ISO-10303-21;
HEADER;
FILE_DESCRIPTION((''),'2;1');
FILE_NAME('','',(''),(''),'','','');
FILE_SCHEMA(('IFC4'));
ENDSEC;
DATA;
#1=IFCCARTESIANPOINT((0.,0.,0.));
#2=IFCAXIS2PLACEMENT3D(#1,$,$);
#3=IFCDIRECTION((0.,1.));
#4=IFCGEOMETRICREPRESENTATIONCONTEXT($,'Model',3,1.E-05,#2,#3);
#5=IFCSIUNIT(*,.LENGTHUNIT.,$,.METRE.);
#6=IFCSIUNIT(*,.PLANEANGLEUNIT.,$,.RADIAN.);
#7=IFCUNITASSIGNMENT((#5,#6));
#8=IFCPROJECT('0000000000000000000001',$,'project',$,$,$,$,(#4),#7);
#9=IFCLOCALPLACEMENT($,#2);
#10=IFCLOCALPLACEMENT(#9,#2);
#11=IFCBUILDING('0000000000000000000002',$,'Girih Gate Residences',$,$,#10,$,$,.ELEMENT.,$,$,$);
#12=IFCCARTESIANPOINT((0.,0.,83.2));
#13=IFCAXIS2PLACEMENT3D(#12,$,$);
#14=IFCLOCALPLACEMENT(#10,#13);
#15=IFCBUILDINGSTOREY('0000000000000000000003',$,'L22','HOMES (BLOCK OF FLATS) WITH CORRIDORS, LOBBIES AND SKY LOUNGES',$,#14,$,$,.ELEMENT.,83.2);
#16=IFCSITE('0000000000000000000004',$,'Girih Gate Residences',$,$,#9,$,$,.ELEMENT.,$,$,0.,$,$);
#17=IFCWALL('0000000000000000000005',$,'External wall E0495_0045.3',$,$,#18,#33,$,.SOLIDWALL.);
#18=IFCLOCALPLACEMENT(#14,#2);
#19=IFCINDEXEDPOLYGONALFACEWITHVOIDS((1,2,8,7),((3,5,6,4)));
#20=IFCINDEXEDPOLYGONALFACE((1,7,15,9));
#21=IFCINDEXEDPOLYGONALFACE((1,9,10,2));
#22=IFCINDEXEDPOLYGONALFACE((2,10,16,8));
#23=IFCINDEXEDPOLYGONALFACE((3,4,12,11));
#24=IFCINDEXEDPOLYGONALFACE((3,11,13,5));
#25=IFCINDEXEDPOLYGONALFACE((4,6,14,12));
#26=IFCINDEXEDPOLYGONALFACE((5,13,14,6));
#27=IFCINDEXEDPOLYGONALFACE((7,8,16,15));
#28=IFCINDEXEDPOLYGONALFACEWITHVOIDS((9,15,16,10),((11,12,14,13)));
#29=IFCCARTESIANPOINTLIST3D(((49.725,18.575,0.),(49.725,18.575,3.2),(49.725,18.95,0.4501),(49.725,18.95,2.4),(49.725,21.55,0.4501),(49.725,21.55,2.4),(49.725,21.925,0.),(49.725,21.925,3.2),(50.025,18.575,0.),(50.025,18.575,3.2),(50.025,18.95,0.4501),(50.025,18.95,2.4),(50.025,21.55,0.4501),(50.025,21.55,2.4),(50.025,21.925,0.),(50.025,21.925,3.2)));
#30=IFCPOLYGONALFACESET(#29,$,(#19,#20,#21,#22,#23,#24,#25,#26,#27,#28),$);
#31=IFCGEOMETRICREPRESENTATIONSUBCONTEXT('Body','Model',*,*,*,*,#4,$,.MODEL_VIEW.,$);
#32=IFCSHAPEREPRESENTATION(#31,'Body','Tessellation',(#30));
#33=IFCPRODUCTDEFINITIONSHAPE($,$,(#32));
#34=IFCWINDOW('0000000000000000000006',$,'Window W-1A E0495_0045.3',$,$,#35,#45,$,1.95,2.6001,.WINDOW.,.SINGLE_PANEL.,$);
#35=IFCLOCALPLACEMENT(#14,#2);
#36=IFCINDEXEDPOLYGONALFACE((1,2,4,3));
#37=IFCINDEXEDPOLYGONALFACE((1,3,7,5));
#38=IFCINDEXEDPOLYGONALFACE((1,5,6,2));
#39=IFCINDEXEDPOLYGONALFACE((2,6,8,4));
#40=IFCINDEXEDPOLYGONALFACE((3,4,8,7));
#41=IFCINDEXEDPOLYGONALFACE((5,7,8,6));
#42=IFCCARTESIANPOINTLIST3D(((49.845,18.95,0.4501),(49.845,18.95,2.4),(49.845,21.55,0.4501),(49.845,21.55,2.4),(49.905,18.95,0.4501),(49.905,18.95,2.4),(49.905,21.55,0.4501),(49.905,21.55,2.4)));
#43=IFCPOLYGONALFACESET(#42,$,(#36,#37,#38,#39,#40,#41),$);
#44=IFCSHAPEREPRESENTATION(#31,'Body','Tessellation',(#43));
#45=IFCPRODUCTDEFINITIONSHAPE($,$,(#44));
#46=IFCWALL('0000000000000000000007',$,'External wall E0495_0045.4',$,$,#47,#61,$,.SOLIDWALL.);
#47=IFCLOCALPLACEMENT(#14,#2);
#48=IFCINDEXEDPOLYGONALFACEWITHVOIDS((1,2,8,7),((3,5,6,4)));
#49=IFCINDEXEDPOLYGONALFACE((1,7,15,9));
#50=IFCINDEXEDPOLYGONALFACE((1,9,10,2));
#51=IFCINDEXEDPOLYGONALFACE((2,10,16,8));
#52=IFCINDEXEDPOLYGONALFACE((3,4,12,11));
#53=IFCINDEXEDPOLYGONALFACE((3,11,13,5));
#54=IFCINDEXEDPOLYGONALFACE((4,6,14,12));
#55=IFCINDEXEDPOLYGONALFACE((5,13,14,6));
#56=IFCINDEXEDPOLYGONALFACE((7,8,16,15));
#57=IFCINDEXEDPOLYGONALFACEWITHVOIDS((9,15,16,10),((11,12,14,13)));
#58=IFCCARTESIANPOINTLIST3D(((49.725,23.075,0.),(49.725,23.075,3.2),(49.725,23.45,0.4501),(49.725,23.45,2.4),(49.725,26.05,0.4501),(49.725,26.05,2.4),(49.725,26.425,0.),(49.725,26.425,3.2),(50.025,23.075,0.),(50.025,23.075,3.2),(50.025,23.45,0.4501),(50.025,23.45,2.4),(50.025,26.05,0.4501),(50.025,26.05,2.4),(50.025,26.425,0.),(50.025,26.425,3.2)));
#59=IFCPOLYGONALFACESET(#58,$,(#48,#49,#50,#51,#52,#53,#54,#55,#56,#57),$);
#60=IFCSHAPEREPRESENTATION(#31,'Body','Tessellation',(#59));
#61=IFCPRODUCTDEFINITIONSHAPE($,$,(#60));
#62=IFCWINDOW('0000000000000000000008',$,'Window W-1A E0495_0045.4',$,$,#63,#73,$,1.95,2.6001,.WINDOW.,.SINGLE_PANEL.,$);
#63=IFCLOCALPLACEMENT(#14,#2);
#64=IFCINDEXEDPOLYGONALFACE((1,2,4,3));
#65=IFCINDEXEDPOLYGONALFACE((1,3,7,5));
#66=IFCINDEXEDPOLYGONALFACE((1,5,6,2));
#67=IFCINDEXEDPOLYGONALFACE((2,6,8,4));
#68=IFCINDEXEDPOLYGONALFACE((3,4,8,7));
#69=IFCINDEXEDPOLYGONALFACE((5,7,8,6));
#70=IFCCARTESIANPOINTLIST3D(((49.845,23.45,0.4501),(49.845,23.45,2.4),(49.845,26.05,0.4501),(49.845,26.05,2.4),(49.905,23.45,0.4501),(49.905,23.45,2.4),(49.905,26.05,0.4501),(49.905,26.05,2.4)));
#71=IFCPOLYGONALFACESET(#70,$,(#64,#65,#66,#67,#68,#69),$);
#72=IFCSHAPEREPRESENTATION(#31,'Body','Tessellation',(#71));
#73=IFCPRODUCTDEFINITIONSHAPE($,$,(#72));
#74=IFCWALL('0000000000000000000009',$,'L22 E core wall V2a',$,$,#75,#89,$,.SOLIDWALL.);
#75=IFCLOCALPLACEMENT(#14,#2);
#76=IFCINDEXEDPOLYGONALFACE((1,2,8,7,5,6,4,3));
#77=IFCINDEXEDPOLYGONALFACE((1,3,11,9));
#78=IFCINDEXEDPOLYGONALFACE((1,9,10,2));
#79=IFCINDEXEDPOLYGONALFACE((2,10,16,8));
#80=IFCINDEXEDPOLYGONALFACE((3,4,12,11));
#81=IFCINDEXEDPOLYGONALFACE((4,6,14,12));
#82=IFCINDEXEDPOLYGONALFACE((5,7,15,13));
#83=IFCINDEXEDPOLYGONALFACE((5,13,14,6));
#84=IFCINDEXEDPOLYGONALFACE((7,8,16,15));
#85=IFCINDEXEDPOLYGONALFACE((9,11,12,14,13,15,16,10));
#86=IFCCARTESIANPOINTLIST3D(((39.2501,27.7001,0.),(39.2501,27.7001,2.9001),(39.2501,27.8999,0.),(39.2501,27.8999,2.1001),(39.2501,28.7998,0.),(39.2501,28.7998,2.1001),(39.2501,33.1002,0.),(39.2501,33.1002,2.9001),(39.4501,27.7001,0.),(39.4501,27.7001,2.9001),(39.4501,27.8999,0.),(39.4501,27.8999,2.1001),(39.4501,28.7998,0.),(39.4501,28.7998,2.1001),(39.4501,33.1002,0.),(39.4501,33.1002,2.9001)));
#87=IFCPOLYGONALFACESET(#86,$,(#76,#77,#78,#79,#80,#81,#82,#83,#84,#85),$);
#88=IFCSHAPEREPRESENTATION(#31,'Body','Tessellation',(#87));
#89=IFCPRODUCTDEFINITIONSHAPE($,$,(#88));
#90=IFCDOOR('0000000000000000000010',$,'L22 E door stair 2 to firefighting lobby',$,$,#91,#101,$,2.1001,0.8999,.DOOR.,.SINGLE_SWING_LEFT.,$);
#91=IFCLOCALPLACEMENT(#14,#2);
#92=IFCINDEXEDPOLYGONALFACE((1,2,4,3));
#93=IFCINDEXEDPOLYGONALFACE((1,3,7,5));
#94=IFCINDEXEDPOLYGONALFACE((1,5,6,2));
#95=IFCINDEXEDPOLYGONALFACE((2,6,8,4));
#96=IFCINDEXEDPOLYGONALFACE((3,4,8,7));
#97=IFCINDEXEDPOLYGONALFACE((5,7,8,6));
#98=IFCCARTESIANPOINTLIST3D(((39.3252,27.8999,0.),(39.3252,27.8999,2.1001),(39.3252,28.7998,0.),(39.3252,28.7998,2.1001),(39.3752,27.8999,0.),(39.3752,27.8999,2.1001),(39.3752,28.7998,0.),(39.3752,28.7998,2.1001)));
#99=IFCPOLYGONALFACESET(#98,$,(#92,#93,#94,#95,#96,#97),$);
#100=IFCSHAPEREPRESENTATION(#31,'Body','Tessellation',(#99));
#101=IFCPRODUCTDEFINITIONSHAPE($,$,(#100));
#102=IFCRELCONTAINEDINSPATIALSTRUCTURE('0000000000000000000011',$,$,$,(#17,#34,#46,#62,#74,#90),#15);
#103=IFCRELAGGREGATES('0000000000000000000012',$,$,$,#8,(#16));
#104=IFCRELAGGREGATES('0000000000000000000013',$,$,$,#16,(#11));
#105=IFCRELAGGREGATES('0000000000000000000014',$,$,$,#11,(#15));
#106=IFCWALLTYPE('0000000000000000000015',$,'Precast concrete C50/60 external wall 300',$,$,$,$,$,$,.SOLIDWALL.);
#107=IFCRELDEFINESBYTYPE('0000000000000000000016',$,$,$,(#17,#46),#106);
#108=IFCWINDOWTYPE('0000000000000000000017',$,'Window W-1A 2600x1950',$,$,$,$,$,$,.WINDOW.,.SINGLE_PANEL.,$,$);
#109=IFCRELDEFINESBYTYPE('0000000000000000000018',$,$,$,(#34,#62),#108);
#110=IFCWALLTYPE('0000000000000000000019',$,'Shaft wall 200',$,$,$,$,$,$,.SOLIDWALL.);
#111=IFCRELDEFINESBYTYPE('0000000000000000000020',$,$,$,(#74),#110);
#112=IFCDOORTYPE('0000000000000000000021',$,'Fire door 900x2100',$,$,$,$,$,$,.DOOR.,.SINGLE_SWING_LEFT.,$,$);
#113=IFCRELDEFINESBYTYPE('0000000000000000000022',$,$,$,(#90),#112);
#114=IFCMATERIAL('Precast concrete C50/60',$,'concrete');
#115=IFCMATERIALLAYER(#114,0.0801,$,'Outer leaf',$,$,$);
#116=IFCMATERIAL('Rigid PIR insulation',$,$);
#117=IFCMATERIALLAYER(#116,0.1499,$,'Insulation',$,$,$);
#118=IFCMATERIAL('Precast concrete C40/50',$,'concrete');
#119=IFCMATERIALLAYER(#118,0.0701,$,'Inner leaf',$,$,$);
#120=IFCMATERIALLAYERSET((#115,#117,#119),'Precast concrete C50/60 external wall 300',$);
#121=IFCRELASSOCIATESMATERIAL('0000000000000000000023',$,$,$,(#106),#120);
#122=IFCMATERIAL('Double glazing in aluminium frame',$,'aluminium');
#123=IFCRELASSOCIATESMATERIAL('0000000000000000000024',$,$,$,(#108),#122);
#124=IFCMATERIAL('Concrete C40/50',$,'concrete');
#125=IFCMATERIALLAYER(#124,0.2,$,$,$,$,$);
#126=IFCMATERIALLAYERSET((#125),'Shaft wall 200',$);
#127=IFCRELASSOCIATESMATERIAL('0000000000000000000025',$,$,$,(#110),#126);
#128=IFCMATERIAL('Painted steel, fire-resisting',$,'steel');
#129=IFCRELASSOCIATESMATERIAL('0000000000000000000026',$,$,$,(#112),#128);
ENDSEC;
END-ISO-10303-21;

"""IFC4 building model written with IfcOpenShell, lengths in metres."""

from ifc_helpers import new_model, si_unit, direction, frame, frame_2d, origin, place, context, subcontext, project, spatial, rectangle, extrude, material, layer, layer_set, type_object, element, fill, save


model = new_model("IFC4")

# Units and contexts
model_context = context("Model", 3, precision=1e-05, world=origin(), true_north=direction((0.0, 1.0)))
body_context = subcontext(model_context, "Body", "Model", "MODEL_VIEW")
ifc_project = project(units=[si_unit("LENGTHUNIT", "METRE"), si_unit("PLANEANGLEUNIT", "RADIAN")], contexts=[model_context])

# Site, building, storey
site_placement = place(None, origin())
site = spatial("IfcSite", under=ifc_project, at=site_placement, Name="Girih Gate Residences", CompositionType="ELEMENT", RefElevation=0.0)
building_placement = place(site_placement, origin())
building = spatial("IfcBuilding", under=site, at=building_placement, Name="Girih Gate Residences", CompositionType="ELEMENT")
storey_placement = place(building_placement, frame((0.0, 0.0, 83.2)))
storey = spatial("IfcBuildingStorey", under=building, at=storey_placement, Name="L22", Description="HOMES (BLOCK OF FLATS) WITH CORRIDORS, LOBBIES AND SKY LOUNGES", CompositionType="ELEMENT", Elevation=83.2)

# Shared definitions
ifc_material_1 = material(Name="Painted steel, fire-resisting", Category="steel")

# Walls, openings, windows
ifc_material_2 = material(Name="Precast concrete C50/60", Category="concrete")
ifc_layer_1 = layer(ifc_material_2, 0.0801, Name="Outer leaf")
ifc_material_3 = material(Name="Rigid PIR insulation")
ifc_layer_2 = layer(ifc_material_3, 0.1499, Name="Insulation")
ifc_material_4 = material(Name="Precast concrete C40/50", Category="concrete")
ifc_layer_3 = layer(ifc_material_4, 0.0701, Name="Inner leaf")
ifc_layer_set_1 = layer_set([ifc_layer_1, ifc_layer_2, ifc_layer_3], Name="Precast concrete C50/60 external wall 300")
wall_type_1 = type_object("IfcWallType", Name="Precast concrete C50/60 external wall 300", PredefinedType="SOLIDWALL", material=ifc_layer_set_1)
wall_1_placement = place(storey_placement, frame((49.875, 21.925, 0.0), z_axis=(0.0, 0.0, 1.0), x_axis=(0.0, -1.0, 0.0)))
wall_1 = element("IfcWall", 1, at=wall_1_placement, inside=storey, type_object=wall_type_1, Name="External wall E0495_0045.3", PredefinedType="SOLIDWALL", context=body_context, shape_type="SweptSolid", body=[
    extrude(rectangle(XDim=3.3501, YDim=0.3, at=frame_2d((1.675, 0.0))), origin(), (0.0, 0.0, 1.0), 3.2),
])
opening_1_placement = place(wall_1_placement, frame((0.375, 0.0, 0.45)))
opening_1 = element("IfcOpeningElement", 2, at=opening_1_placement, cuts=wall_1, PredefinedType="OPENING", context=body_context, shape_type="SweptSolid", body=[
    extrude(rectangle(XDim=2.6001, YDim=1.95, at=frame_2d((1.3, 0.9751))), frame((0.0, 0.1599, 0.0), z_axis=(0.0, -1.0, 0.0), x_axis=(1.0, 0.0, 0.0)), (0.0, 0.0, 1.0), 0.3201),
])
ifc_material_5 = material(Name="Double glazing in aluminium frame", Category="aluminium")
window_type = type_object("IfcWindowType", Name="Window W-1A 2600x1950", PartitioningType="SINGLE_PANEL", PredefinedType="WINDOW", material=ifc_material_5)
window_1_placement = place(opening_1_placement, origin())
window_1 = element("IfcWindow", 3, at=window_1_placement, inside=storey, type_object=window_type, Name="Window W-1A E0495_0045.3", OverallHeight=1.95, OverallWidth=2.6001, PartitioningType="SINGLE_PANEL", PredefinedType="WINDOW", context=body_context, shape_type="SweptSolid", body=[
    extrude(rectangle(XDim=2.6001, YDim=1.95, at=frame_2d((1.3, 0.9751))), frame((0.0, 0.03, 0.0), z_axis=(0.0, -1.0, 0.0), x_axis=(1.0, 0.0, 0.0)), (0.0, 0.0, 1.0), 0.0601),
])
fill(opening_1, window_1)
wall_2_placement = place(storey_placement, frame((49.875, 26.425, 0.0), z_axis=(0.0, 0.0, 1.0), x_axis=(0.0, -1.0, 0.0)))
wall_2 = element("IfcWall", 4, at=wall_2_placement, inside=storey, type_object=wall_type_1, Name="External wall E0495_0045.4", PredefinedType="SOLIDWALL", context=body_context, shape_type="SweptSolid", body=[
    extrude(rectangle(XDim=3.3501, YDim=0.3, at=frame_2d((1.675, 0.0))), origin(), (0.0, 0.0, 1.0), 3.2),
])
opening_2_placement = place(wall_2_placement, frame((0.375, 0.0, 0.45)))
opening_2 = element("IfcOpeningElement", 5, at=opening_2_placement, cuts=wall_2, PredefinedType="OPENING", context=body_context, shape_type="SweptSolid", body=[
    extrude(rectangle(XDim=2.6001, YDim=1.95, at=frame_2d((1.3, 0.9751))), frame((0.0, 0.1599, 0.0), z_axis=(0.0, -1.0, 0.0), x_axis=(1.0, 0.0, 0.0)), (0.0, 0.0, 1.0), 0.3201),
])
window_2_placement = place(opening_2_placement, origin())
window_2 = element("IfcWindow", 6, at=window_2_placement, inside=storey, type_object=window_type, Name="Window W-1A E0495_0045.4", OverallHeight=1.95, OverallWidth=2.6001, PartitioningType="SINGLE_PANEL", PredefinedType="WINDOW", context=body_context, shape_type="SweptSolid", body=[
    extrude(rectangle(XDim=2.6001, YDim=1.95, at=frame_2d((1.3, 0.9751))), frame((0.0, 0.03, 0.0), z_axis=(0.0, -1.0, 0.0), x_axis=(1.0, 0.0, 0.0)), (0.0, 0.0, 1.0), 0.0601),
])
fill(opening_2, window_2)

# Wall, opening, door
ifc_material_6 = material(Name="Concrete C40/50", Category="concrete")
ifc_layer_4 = layer(ifc_material_6, 0.2)
ifc_layer_set_2 = layer_set([ifc_layer_4], Name="Shaft wall 200")
wall_type_2 = type_object("IfcWallType", Name="Shaft wall 200", PredefinedType="SOLIDWALL", material=ifc_layer_set_2)
wall_3_placement = place(storey_placement, frame((39.3501, 27.7, 0.0), z_axis=(0.0, 0.0, 1.0), x_axis=(0.0, 1.0, 0.0)))
wall_3 = element("IfcWall", 7, at=wall_3_placement, inside=storey, type_object=wall_type_2, Name="L22 E core wall V2a", PredefinedType="SOLIDWALL", context=body_context, shape_type="SweptSolid", body=[
    extrude(rectangle(XDim=5.4001, YDim=0.2, at=frame_2d((2.7002, 0.0))), origin(), (0.0, 0.0, 1.0), 2.9001),
])
opening_3_placement = place(wall_3_placement, frame((0.2, 0.0, 0.0)))
opening_3 = element("IfcOpeningElement", 8, at=opening_3_placement, cuts=wall_3, PredefinedType="OPENING", context=body_context, shape_type="SweptSolid", body=[
    extrude(rectangle(XDim=0.8999, YDim=2.1001, at=frame_2d((0.45, 1.05))), frame((0.0, 0.1099, 0.0), z_axis=(0.0, -1.0, 0.0), x_axis=(1.0, 0.0, 0.0)), (0.0, 0.0, 1.0), 0.22),
])
door_type_1 = type_object("IfcDoorType", Name="Fire door 900x2100", OperationType="SINGLE_SWING_LEFT", PredefinedType="DOOR", material=ifc_material_1)
door_1_placement = place(opening_3_placement, origin())
door_1 = element("IfcDoor", 9, at=door_1_placement, inside=storey, type_object=door_type_1, Name="L22 E door stair 2 to firefighting lobby", OperationType="SINGLE_SWING_LEFT", OverallHeight=2.1001, OverallWidth=0.8999, PredefinedType="DOOR", context=body_context, shape_type="SweptSolid", body=[
    extrude(rectangle(XDim=0.8999, YDim=2.1001, at=frame_2d((0.45, 1.05))), frame((0.0, 0.0249, 0.0), z_axis=(0.0, -1.0, 0.0), x_axis=(1.0, 0.0, 0.0)), (0.0, 0.0, 1.0), 0.05),
])
fill(opening_3, door_1)

save(model, "model.ifc")
